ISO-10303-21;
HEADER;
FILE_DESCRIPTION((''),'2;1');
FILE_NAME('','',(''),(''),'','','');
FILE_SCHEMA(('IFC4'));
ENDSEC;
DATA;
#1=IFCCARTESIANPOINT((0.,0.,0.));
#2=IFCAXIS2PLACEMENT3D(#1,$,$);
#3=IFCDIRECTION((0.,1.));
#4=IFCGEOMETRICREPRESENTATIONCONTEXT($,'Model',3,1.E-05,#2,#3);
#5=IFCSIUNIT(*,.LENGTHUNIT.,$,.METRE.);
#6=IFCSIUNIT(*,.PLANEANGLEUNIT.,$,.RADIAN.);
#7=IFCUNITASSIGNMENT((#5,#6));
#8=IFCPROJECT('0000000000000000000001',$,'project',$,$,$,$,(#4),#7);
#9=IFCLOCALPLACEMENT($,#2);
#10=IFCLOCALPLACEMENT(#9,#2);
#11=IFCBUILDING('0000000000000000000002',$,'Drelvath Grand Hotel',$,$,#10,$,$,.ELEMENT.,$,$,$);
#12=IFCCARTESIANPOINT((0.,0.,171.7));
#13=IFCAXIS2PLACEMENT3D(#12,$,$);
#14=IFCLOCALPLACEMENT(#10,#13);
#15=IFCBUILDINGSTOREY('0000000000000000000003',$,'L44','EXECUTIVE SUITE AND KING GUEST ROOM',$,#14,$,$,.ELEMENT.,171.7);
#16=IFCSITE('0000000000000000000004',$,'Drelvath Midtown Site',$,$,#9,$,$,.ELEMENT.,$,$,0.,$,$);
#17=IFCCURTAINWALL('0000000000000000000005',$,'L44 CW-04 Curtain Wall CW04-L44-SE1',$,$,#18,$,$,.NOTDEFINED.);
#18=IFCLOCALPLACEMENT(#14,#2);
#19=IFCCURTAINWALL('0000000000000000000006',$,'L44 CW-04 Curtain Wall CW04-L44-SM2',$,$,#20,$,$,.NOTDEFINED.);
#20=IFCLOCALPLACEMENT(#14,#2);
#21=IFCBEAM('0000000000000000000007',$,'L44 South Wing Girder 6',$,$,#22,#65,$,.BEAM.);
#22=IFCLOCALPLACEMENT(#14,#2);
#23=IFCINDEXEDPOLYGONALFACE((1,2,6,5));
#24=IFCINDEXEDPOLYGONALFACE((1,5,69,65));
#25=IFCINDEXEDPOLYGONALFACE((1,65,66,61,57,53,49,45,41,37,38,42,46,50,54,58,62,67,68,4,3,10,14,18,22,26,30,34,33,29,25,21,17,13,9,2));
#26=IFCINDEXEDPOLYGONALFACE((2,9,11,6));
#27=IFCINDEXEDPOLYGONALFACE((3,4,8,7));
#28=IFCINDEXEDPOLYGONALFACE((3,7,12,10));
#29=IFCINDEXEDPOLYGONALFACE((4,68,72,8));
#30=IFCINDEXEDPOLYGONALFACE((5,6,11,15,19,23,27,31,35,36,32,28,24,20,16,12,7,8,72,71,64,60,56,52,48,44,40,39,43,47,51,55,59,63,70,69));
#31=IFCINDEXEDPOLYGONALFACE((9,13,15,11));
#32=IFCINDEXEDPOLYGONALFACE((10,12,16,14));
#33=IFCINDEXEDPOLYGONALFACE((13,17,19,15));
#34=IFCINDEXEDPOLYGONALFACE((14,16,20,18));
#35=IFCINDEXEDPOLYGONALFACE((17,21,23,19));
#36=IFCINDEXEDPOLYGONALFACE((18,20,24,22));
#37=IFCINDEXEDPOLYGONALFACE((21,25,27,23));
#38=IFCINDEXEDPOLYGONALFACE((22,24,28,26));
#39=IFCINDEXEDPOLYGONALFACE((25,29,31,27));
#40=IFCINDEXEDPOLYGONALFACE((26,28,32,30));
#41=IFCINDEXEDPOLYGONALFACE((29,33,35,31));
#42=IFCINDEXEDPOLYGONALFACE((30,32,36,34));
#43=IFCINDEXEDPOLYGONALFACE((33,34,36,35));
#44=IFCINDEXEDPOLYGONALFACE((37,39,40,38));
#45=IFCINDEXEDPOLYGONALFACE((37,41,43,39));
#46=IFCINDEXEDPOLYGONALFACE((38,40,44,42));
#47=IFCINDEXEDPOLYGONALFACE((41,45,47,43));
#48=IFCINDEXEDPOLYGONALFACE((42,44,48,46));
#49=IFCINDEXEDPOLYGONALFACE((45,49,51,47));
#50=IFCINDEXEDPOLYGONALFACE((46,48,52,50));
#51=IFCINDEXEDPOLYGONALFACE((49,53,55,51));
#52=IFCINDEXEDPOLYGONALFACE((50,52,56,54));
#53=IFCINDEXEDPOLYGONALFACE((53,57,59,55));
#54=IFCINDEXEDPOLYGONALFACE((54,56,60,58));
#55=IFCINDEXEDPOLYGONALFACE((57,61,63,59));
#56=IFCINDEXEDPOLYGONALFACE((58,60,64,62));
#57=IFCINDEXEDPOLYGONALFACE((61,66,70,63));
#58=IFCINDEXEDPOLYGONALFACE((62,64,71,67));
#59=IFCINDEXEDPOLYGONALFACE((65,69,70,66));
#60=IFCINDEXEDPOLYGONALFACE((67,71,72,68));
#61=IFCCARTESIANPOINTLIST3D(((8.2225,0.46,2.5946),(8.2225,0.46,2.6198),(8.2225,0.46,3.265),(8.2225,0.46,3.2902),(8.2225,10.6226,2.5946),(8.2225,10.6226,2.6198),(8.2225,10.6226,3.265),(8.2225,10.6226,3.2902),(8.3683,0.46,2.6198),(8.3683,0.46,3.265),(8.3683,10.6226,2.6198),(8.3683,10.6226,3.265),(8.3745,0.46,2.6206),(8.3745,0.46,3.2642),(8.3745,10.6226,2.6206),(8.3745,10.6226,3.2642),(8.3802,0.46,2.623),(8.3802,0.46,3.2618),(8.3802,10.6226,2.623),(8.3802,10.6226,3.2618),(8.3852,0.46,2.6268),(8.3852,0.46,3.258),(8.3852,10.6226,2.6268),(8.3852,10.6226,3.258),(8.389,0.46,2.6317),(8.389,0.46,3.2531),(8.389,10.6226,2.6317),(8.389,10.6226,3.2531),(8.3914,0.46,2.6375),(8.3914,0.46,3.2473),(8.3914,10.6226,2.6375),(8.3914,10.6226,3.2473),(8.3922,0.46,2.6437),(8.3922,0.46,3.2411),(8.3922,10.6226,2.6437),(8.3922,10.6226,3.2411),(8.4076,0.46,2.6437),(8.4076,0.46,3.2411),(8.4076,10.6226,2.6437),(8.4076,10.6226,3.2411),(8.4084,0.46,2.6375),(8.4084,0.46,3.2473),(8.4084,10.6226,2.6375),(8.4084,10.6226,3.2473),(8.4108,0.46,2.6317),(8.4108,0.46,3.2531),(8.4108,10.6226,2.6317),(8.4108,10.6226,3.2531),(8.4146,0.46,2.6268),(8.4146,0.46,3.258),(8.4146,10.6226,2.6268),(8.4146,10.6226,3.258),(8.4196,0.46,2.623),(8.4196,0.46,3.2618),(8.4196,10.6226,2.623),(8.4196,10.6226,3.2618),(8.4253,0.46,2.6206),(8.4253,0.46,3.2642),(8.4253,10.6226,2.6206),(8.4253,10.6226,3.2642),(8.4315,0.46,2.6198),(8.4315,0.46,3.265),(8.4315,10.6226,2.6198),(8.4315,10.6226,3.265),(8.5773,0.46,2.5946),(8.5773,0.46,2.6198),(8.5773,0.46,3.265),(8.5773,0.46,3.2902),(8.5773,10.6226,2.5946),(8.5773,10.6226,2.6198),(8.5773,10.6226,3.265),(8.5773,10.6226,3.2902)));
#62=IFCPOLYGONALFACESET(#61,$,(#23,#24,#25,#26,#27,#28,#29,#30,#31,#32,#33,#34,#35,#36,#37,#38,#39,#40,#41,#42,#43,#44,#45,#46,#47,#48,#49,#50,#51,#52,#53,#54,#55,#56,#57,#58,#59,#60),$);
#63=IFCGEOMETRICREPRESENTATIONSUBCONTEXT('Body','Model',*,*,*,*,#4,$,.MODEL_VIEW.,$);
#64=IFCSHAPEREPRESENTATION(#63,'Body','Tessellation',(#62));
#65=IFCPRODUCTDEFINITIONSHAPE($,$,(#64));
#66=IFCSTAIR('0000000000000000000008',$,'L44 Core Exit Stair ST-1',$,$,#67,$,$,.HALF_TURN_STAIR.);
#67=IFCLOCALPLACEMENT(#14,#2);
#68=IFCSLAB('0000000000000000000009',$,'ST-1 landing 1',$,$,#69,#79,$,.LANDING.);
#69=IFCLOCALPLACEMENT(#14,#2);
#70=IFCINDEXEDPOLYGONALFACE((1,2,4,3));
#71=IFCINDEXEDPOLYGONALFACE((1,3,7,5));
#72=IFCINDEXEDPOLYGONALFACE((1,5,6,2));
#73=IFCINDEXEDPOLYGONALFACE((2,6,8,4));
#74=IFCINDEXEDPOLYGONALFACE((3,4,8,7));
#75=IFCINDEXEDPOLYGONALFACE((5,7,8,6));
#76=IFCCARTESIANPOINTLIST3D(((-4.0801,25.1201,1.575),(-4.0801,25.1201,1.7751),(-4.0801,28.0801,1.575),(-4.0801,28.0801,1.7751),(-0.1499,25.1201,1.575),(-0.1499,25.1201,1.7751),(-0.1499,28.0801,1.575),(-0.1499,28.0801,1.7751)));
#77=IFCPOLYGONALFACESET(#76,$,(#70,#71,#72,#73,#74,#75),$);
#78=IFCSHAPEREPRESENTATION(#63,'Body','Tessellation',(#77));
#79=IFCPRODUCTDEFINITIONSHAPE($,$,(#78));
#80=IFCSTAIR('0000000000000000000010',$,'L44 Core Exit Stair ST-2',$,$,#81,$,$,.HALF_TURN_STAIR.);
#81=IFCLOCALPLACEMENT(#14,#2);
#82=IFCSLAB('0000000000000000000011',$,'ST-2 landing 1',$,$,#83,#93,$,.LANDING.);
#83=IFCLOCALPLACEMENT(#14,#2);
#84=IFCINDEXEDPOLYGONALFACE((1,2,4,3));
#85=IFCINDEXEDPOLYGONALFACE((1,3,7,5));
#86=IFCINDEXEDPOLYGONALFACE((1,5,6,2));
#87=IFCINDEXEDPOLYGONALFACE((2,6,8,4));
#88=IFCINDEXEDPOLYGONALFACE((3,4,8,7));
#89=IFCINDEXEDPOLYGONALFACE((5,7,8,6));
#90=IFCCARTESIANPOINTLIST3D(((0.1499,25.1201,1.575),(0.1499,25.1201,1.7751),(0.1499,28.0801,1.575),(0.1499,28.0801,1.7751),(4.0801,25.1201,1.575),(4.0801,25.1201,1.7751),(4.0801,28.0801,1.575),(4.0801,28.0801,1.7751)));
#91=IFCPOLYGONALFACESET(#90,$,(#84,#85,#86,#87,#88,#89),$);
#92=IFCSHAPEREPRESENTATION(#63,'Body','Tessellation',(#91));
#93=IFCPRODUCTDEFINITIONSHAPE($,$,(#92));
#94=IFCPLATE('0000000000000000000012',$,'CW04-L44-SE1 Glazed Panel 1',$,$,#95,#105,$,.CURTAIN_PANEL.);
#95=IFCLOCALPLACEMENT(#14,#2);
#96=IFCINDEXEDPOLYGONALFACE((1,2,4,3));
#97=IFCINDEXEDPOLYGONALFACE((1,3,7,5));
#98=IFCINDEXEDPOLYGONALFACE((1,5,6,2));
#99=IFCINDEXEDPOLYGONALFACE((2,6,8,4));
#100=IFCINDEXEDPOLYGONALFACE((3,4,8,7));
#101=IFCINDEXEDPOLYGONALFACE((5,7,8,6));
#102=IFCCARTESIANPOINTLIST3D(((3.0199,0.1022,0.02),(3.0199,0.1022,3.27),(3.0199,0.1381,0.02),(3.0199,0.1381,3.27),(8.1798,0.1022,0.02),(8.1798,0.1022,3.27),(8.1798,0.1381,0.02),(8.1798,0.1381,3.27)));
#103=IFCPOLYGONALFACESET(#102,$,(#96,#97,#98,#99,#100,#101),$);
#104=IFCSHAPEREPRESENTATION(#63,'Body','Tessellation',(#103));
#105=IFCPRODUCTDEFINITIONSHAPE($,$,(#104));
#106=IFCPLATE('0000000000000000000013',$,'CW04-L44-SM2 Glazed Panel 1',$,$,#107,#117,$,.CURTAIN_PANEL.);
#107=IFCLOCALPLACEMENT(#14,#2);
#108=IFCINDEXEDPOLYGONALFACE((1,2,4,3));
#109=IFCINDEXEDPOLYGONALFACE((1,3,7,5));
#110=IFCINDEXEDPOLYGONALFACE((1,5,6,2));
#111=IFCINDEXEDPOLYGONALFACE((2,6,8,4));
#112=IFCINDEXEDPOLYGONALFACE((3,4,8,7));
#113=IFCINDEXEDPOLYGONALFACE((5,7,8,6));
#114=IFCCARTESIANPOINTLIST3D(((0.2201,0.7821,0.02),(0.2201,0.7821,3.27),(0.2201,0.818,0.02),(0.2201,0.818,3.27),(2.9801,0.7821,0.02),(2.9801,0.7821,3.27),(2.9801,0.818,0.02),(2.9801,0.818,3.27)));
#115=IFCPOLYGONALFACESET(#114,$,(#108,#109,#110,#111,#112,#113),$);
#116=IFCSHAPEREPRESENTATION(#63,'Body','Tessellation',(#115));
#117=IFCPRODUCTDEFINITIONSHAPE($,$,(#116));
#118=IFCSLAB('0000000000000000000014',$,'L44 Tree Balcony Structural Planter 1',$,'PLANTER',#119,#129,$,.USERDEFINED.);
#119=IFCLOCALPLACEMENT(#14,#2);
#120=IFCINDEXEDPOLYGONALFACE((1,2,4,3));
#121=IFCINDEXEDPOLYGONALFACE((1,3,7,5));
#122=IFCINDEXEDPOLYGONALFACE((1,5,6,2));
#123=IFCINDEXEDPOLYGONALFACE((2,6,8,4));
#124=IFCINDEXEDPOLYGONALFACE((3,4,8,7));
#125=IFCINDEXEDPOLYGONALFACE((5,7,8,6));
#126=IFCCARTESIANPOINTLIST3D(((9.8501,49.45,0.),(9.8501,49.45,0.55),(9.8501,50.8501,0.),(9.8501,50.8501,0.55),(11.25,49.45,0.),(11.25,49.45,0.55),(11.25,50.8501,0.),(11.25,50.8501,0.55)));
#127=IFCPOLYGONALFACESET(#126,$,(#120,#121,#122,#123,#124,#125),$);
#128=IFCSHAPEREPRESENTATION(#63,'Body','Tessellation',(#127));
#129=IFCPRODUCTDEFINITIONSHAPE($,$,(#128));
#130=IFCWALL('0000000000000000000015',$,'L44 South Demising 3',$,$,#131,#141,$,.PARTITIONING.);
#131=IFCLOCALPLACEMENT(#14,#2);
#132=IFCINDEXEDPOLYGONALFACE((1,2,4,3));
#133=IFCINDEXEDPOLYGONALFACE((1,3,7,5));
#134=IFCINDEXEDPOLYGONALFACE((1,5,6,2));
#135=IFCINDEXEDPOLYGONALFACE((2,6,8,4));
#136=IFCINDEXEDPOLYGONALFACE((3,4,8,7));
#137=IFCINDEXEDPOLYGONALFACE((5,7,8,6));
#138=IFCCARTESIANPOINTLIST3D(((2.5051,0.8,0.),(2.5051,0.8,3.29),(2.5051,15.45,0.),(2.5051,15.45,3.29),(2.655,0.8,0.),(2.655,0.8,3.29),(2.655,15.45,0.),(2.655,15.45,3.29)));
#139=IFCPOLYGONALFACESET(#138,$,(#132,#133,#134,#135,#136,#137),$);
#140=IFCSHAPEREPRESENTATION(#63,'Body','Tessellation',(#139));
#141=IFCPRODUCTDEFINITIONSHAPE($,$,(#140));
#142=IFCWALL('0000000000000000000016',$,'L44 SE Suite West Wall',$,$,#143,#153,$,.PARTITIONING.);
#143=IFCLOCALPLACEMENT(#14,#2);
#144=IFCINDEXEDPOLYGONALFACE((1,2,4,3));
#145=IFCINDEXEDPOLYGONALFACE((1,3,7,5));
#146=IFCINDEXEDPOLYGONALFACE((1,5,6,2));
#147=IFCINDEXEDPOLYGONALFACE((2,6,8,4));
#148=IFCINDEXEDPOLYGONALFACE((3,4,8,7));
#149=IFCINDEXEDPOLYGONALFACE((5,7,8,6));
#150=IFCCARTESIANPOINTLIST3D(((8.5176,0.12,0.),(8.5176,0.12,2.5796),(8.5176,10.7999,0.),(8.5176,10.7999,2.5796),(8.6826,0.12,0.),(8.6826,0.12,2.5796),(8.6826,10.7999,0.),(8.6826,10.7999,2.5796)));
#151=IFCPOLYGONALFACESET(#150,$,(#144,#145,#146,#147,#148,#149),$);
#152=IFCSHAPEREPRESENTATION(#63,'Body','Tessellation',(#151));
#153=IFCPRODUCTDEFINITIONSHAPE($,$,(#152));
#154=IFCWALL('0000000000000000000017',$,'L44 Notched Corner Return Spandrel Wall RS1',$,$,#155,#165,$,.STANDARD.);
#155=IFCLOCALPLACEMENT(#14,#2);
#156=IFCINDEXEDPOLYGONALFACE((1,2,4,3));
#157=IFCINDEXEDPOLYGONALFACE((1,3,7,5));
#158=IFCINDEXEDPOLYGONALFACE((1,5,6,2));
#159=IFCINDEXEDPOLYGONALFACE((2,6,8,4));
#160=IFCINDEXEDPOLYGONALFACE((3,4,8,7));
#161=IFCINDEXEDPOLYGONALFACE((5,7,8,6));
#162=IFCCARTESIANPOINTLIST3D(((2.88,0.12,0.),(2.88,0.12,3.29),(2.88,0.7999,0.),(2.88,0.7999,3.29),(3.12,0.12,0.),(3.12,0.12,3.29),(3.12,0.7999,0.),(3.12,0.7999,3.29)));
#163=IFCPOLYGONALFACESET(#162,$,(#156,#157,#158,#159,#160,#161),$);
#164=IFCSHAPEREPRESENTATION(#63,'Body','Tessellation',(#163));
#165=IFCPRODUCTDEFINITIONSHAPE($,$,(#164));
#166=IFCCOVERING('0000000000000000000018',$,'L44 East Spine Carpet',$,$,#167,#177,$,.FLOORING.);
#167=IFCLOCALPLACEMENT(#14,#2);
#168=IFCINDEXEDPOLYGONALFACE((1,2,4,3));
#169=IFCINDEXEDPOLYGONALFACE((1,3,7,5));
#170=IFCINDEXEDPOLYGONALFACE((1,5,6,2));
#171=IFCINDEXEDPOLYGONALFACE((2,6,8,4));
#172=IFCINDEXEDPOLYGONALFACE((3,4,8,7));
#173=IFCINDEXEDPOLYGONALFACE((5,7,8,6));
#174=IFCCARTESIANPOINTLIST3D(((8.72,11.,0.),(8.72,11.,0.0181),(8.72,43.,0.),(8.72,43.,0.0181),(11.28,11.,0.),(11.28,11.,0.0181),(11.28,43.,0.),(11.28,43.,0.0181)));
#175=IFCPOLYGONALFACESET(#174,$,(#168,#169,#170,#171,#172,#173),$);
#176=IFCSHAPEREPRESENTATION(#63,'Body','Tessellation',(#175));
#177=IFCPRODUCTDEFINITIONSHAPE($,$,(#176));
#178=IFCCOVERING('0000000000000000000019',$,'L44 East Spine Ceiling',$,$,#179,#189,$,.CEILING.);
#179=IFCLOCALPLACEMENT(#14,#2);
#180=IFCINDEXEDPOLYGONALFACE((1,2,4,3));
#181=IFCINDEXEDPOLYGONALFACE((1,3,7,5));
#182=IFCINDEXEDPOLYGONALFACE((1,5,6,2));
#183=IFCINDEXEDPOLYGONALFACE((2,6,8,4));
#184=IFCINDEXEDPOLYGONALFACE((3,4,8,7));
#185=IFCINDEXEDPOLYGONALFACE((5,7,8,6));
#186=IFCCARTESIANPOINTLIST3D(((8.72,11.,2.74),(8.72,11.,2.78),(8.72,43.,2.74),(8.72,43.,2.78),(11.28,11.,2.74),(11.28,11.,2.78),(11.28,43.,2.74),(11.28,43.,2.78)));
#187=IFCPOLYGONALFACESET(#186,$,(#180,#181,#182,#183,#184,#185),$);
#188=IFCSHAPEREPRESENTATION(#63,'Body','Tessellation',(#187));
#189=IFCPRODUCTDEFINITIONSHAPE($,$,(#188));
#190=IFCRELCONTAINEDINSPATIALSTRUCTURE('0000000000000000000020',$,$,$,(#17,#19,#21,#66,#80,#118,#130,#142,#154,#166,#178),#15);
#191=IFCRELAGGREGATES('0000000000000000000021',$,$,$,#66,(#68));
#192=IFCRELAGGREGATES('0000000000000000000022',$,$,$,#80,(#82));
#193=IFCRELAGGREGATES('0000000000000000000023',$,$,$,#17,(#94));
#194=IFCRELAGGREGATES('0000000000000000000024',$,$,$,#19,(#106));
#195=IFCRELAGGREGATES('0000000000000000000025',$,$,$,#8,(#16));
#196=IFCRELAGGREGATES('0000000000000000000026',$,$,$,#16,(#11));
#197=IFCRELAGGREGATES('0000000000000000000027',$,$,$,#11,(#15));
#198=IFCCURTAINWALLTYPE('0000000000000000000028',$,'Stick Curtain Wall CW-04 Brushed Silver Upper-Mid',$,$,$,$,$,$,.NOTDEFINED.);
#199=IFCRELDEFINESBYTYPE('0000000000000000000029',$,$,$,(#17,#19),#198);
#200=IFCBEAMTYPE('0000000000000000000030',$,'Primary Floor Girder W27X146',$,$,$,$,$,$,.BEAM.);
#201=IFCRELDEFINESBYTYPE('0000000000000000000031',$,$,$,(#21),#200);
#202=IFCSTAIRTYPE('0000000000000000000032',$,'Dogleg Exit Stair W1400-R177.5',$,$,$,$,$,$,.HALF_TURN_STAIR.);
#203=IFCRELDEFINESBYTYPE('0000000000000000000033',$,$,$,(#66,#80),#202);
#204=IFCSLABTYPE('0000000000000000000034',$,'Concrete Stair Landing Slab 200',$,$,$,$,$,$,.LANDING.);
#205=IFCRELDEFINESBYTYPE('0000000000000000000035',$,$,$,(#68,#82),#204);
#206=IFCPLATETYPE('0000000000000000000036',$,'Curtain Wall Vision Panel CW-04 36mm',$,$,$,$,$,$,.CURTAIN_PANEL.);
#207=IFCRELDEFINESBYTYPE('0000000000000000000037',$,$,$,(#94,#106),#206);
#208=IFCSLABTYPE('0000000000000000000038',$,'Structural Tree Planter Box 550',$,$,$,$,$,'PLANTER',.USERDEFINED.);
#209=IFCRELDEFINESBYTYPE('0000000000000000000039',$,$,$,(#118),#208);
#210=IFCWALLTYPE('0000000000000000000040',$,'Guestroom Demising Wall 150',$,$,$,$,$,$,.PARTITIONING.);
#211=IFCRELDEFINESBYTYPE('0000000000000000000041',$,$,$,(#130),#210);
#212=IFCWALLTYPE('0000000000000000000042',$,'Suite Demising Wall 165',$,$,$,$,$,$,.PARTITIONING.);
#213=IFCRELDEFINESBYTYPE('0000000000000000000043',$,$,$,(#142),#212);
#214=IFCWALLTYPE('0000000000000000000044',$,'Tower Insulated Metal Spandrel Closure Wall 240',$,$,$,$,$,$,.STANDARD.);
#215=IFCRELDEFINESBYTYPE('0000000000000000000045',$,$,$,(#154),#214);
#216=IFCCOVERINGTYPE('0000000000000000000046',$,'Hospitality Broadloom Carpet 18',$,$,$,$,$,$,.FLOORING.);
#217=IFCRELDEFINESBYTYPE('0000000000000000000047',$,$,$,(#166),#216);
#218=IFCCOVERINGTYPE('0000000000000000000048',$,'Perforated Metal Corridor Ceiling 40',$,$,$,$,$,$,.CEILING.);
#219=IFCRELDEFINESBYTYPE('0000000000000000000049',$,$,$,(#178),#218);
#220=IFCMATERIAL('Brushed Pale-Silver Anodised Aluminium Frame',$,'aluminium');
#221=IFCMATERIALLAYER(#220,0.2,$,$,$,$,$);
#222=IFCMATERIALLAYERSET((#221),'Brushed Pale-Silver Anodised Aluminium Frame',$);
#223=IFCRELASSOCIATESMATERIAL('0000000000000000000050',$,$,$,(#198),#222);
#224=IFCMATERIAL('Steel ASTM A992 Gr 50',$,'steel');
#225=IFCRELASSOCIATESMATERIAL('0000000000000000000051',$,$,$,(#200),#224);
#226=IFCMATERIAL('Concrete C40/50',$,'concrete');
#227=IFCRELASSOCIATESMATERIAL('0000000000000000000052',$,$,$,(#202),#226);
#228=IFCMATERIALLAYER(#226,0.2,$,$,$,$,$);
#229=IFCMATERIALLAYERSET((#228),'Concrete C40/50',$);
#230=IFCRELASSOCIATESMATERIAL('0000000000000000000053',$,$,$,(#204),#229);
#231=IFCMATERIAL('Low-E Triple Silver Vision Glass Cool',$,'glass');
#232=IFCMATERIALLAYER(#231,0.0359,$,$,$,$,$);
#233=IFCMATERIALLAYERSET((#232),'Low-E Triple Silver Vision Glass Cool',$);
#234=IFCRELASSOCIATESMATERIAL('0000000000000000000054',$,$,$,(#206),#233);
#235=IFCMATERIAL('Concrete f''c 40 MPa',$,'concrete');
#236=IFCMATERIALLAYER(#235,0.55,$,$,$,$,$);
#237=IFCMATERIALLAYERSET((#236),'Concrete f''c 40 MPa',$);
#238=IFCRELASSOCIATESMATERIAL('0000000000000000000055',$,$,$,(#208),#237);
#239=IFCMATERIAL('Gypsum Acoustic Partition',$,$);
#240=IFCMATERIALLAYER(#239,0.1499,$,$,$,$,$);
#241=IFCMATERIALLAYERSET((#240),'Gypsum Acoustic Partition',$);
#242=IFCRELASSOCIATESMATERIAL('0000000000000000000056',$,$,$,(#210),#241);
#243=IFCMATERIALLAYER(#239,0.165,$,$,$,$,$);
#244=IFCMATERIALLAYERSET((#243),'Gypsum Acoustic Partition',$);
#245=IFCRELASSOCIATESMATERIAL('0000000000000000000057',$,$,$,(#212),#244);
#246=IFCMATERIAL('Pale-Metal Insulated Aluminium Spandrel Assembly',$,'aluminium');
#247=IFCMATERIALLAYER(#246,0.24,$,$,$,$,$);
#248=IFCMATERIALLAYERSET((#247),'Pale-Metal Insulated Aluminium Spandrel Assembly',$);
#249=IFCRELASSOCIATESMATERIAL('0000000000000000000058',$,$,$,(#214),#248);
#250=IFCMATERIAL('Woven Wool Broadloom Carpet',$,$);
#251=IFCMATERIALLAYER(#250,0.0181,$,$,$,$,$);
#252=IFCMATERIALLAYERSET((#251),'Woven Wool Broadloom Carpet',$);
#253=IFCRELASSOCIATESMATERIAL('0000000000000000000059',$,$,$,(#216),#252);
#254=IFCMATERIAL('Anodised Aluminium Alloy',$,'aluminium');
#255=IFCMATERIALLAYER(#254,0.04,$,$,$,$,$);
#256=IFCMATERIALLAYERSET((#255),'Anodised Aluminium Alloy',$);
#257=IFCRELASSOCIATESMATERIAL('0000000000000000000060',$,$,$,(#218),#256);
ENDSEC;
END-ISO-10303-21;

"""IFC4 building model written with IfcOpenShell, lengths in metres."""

from ifc_helpers import new_model, si_unit, direction, frame, frame_2d, origin, origin_2d, place, context, subcontext, project, spatial, polyline, rectangle, i_section, outline, extrude, material, layer, layer_set, material_profile, profile_set, type_object, element, aggregate, save


model = new_model("IFC4")

# Units and contexts
model_context = context("Model", 3, precision=1e-05, world=origin(), true_north=direction((0.0, 1.0)))
body_context = subcontext(model_context, "Body", "Model", "MODEL_VIEW")
ifc_project = project(units=[si_unit("LENGTHUNIT", "METRE"), si_unit("PLANEANGLEUNIT", "RADIAN")], contexts=[model_context])

# Site, building, storey
site_placement = place(None, origin())
site = spatial("IfcSite", under=ifc_project, at=site_placement, Name="Drelvath Midtown Site", CompositionType="ELEMENT", RefElevation=0.0)
building_placement = place(site_placement, origin())
building = spatial("IfcBuilding", under=site, at=building_placement, Name="Drelvath Grand Hotel", CompositionType="ELEMENT")
storey_placement = place(building_placement, frame((0.0, 0.0, 171.7)))
storey = spatial("IfcBuildingStorey", under=building, at=storey_placement, Name="L44", Description="EXECUTIVE SUITE AND KING GUEST ROOM", CompositionType="ELEMENT", Elevation=171.7)

# Curtain walls
ifc_material_1 = material(Name="Brushed Pale-Silver Anodised Aluminium Frame", Category="aluminium")
ifc_layer_1 = layer(ifc_material_1, 0.2)
ifc_layer_set_1 = layer_set([ifc_layer_1], Name="Brushed Pale-Silver Anodised Aluminium Frame")
curtain_wall_type = type_object("IfcCurtainWallType", Name="Stick Curtain Wall CW-04 Brushed Silver Upper-Mid", PredefinedType="NOTDEFINED", material=ifc_layer_set_1)
curtain_wall_1_placement = place(storey_placement, origin())
curtain_wall_1 = element("IfcCurtainWall", 1, at=curtain_wall_1_placement, inside=storey, type_object=curtain_wall_type, Name="L44 CW-04 Curtain Wall CW04-L44-SE1", PredefinedType="NOTDEFINED")
curtain_wall_2_placement = place(storey_placement, origin())
curtain_wall_2 = element("IfcCurtainWall", 2, at=curtain_wall_2_placement, inside=storey, type_object=curtain_wall_type, Name="L44 CW-04 Curtain Wall CW04-L44-SM2", PredefinedType="NOTDEFINED")

# Beam
ifc_material_2 = material(Name="Steel ASTM A992 Gr 50", Category="steel")
ifc_material_profile_1 = material_profile(ifc_material_2, i_section(OverallWidth=0.3547, OverallDepth=0.6956, WebThickness=0.0154, FlangeThickness=0.0251, FilletRadius=0.0239, at=origin_2d()), Name="W27X146")
ifc_profile_set_1 = profile_set([ifc_material_profile_1], Name="Steel ASTM A992 Gr 50")
beam_type_1 = type_object("IfcBeamType", Name="Primary Floor Girder W27X146", PredefinedType="BEAM", material=ifc_profile_set_1)
beam_1_placement = place(storey_placement, frame((8.3999, 0.46, 2.9424), z_axis=(0.0, 1.0, 0.0), x_axis=(-1.0, 0.0, 0.0)))
element("IfcBeam", 3, at=beam_1_placement, inside=storey, type_object=beam_type_1, Name="L44 South Wing Girder 6", PredefinedType="BEAM", context=body_context, shape_type="SweptSolid", body=[
    extrude(i_section(OverallWidth=0.3547, OverallDepth=0.6956, WebThickness=0.0154, FlangeThickness=0.0251, FilletRadius=0.0239, at=origin_2d()), origin(), (0.0, 0.0, 1.0), 10.1626),
])

# Stairs, slabs
ifc_material_3 = material(Name="Concrete C40/50", Category="concrete")
stair_type = type_object("IfcStairType", Name="Dogleg Exit Stair W1400-R177.5", PredefinedType="HALF_TURN_STAIR", material=ifc_material_3)
stair_1_placement = place(storey_placement, origin())
stair_1 = element("IfcStair", 4, at=stair_1_placement, inside=storey, type_object=stair_type, Name="L44 Core Exit Stair ST-1", PredefinedType="HALF_TURN_STAIR")
ifc_layer_2 = layer(ifc_material_3, 0.2)
ifc_layer_set_2 = layer_set([ifc_layer_2], Name="Concrete C40/50")
slab_type_1 = type_object("IfcSlabType", Name="Concrete Stair Landing Slab 200", PredefinedType="LANDING", material=ifc_layer_set_2)
slab_1_placement = place(storey_placement, frame((0.0, 0.0, 1.575)))
slab_1 = element("IfcSlab", 5, at=slab_1_placement, type_object=slab_type_1, Name="ST-1 landing 1", PredefinedType="LANDING", context=body_context, shape_type="SweptSolid", body=[
    extrude(outline(polyline([(-4.0801, 25.1201), (-0.1499, 25.1201), (-0.1499, 28.0801), (-4.0801, 28.0801), (-4.0801, 25.1201)])), origin(), (0.0, 0.0, 1.0), 0.2002),
])
aggregate(stair_1, [slab_1])
stair_2_placement = place(storey_placement, origin())
stair_2 = element("IfcStair", 6, at=stair_2_placement, inside=storey, type_object=stair_type, Name="L44 Core Exit Stair ST-2", PredefinedType="HALF_TURN_STAIR")
slab_2_placement = place(storey_placement, frame((0.0, 0.0, 1.575)))
slab_2 = element("IfcSlab", 7, at=slab_2_placement, type_object=slab_type_1, Name="ST-2 landing 1", PredefinedType="LANDING", context=body_context, shape_type="SweptSolid", body=[
    extrude(outline(polyline([(4.0801, 28.0801), (0.1499, 28.0801), (0.1499, 25.1201), (4.0801, 25.1201), (4.0801, 28.0801)])), origin(), (0.0, 0.0, 1.0), 0.2002),
])
aggregate(stair_2, [slab_2])

# Plates
ifc_material_4 = material(Name="Low-E Triple Silver Vision Glass Cool", Category="glass")
ifc_layer_3 = layer(ifc_material_4, 0.0359)
ifc_layer_set_3 = layer_set([ifc_layer_3], Name="Low-E Triple Silver Vision Glass Cool")
plate_type = type_object("IfcPlateType", Name="Curtain Wall Vision Panel CW-04 36mm", PredefinedType="CURTAIN_PANEL", material=ifc_layer_set_3)
plate_1_placement = place(storey_placement, frame((5.5999, 0.1201, 0.02), z_axis=(0.0, 0.0, 1.0), x_axis=(-1.0, 0.0, 0.0)))
plate_1 = element("IfcPlate", 8, at=plate_1_placement, type_object=plate_type, Name="CW04-L44-SE1 Glazed Panel 1", PredefinedType="CURTAIN_PANEL", context=body_context, shape_type="SweptSolid", body=[
    extrude(rectangle(XDim=5.1599, YDim=0.0359, at=origin_2d()), origin(), (0.0, 0.0, 1.0), 3.25),
])
aggregate(curtain_wall_1, [plate_1])
plate_2_placement = place(storey_placement, frame((1.6001, 0.8, 0.02), z_axis=(0.0, 0.0, 1.0), x_axis=(-1.0, 0.0, 0.0)))
plate_2 = element("IfcPlate", 9, at=plate_2_placement, type_object=plate_type, Name="CW04-L44-SM2 Glazed Panel 1", PredefinedType="CURTAIN_PANEL", context=body_context, shape_type="SweptSolid", body=[
    extrude(rectangle(XDim=2.76, YDim=0.0359, at=origin_2d()), origin(), (0.0, 0.0, 1.0), 3.25),
])
aggregate(curtain_wall_2, [plate_2])

# Slab
ifc_material_5 = material(Name="Concrete f'c 40 MPa", Category="concrete")
ifc_layer_4 = layer(ifc_material_5, 0.55)
ifc_layer_set_4 = layer_set([ifc_layer_4], Name="Concrete f'c 40 MPa")
slab_type_2 = type_object("IfcSlabType", Name="Structural Tree Planter Box 550", ElementType="PLANTER", PredefinedType="USERDEFINED", material=ifc_layer_set_4)
slab_3_placement = place(storey_placement, origin())
element("IfcSlab", 10, at=slab_3_placement, inside=storey, type_object=slab_type_2, Name="L44 Tree Balcony Structural Planter 1", ObjectType="PLANTER", PredefinedType="USERDEFINED", context=body_context, shape_type="SweptSolid", body=[
    extrude(outline(polyline([(9.8501, 49.45), (11.25, 49.45), (11.25, 50.8501), (9.8501, 50.8501), (9.8501, 49.45)])), origin(), (0.0, 0.0, 1.0), 0.55),
])

# Walls
ifc_material_6 = material(Name="Gypsum Acoustic Partition")
ifc_layer_5 = layer(ifc_material_6, 0.1499)
ifc_layer_set_5 = layer_set([ifc_layer_5], Name="Gypsum Acoustic Partition")
wall_type_1 = type_object("IfcWallType", Name="Guestroom Demising Wall 150", PredefinedType="PARTITIONING", material=ifc_layer_set_5)
wall_1_placement = place(storey_placement, frame((2.5801, 0.8, 0.0), z_axis=(0.0, 0.0, 1.0), x_axis=(0.0, 1.0, 0.0)))
element("IfcWall", 11, at=wall_1_placement, inside=storey, type_object=wall_type_1, Name="L44 South Demising 3", PredefinedType="PARTITIONING", context=body_context, shape_type="SweptSolid", body=[
    extrude(rectangle(XDim=14.6499, YDim=0.1499, at=frame_2d((7.325, 0.0))), origin(), (0.0, 0.0, 1.0), 3.29),
])
ifc_layer_6 = layer(ifc_material_6, 0.165)
ifc_layer_set_6 = layer_set([ifc_layer_6], Name="Gypsum Acoustic Partition")
wall_type_2 = type_object("IfcWallType", Name="Suite Demising Wall 165", PredefinedType="PARTITIONING", material=ifc_layer_set_6)
wall_2_placement = place(storey_placement, frame((8.6001, 0.1201, 0.0), z_axis=(0.0, 0.0, 1.0), x_axis=(0.0, 1.0, 0.0)))
element("IfcWall", 12, at=wall_2_placement, inside=storey, type_object=wall_type_2, Name="L44 SE Suite West Wall", PredefinedType="PARTITIONING", context=body_context, shape_type="SweptSolid", body=[
    extrude(rectangle(XDim=10.6799, YDim=0.165, at=frame_2d((5.3398, 0.0))), origin(), (0.0, 0.0, 1.0), 2.5796),
])
ifc_material_7 = material(Name="Pale-Metal Insulated Aluminium Spandrel Assembly", Category="aluminium")
ifc_layer_7 = layer(ifc_material_7, 0.24)
ifc_layer_set_7 = layer_set([ifc_layer_7], Name="Pale-Metal Insulated Aluminium Spandrel Assembly")
wall_type_3 = type_object("IfcWallType", Name="Tower Insulated Metal Spandrel Closure Wall 240", PredefinedType="STANDARD", material=ifc_layer_set_7)
wall_3_placement = place(storey_placement, frame((3.0, 0.1201, 0.0), z_axis=(0.0, 0.0, 1.0), x_axis=(0.0, 1.0, 0.0)))
element("IfcWall", 13, at=wall_3_placement, inside=storey, type_object=wall_type_3, Name="L44 Notched Corner Return Spandrel Wall RS1", PredefinedType="STANDARD", context=body_context, shape_type="SweptSolid", body=[
    extrude(rectangle(XDim=0.6799, YDim=0.24, at=frame_2d((0.3398, 0.0))), origin(), (0.0, 0.0, 1.0), 3.29),
])

# Coverings
ifc_material_8 = material(Name="Woven Wool Broadloom Carpet")
ifc_layer_8 = layer(ifc_material_8, 0.0181)
ifc_layer_set_8 = layer_set([ifc_layer_8], Name="Woven Wool Broadloom Carpet")
covering_type_1 = type_object("IfcCoveringType", Name="Hospitality Broadloom Carpet 18", PredefinedType="FLOORING", material=ifc_layer_set_8)
covering_1_placement = place(storey_placement, origin())
element("IfcCovering", 14, at=covering_1_placement, inside=storey, type_object=covering_type_1, Name="L44 East Spine Carpet", PredefinedType="FLOORING", context=body_context, shape_type="SweptSolid", body=[
    extrude(outline(polyline([(11.28, 11.0), (11.28, 43.0), (8.72, 43.0), (8.72, 11.0), (11.28, 11.0)])), origin(), (0.0, 0.0, 1.0), 0.0181),
])
ifc_material_9 = material(Name="Anodised Aluminium Alloy", Category="aluminium")
ifc_layer_9 = layer(ifc_material_9, 0.04)
ifc_layer_set_9 = layer_set([ifc_layer_9], Name="Anodised Aluminium Alloy")
covering_type_2 = type_object("IfcCoveringType", Name="Perforated Metal Corridor Ceiling 40", PredefinedType="CEILING", material=ifc_layer_set_9)
covering_2_placement = place(storey_placement, frame((0.0, 0.0, 2.74)))
element("IfcCovering", 15, at=covering_2_placement, inside=storey, type_object=covering_type_2, Name="L44 East Spine Ceiling", PredefinedType="CEILING", context=body_context, shape_type="SweptSolid", body=[
    extrude(outline(polyline([(11.28, 11.0), (11.28, 43.0), (8.72, 43.0), (8.72, 11.0), (11.28, 11.0)])), origin(), (0.0, 0.0, 1.0), 0.04),
])

save(model, "model.ifc")
